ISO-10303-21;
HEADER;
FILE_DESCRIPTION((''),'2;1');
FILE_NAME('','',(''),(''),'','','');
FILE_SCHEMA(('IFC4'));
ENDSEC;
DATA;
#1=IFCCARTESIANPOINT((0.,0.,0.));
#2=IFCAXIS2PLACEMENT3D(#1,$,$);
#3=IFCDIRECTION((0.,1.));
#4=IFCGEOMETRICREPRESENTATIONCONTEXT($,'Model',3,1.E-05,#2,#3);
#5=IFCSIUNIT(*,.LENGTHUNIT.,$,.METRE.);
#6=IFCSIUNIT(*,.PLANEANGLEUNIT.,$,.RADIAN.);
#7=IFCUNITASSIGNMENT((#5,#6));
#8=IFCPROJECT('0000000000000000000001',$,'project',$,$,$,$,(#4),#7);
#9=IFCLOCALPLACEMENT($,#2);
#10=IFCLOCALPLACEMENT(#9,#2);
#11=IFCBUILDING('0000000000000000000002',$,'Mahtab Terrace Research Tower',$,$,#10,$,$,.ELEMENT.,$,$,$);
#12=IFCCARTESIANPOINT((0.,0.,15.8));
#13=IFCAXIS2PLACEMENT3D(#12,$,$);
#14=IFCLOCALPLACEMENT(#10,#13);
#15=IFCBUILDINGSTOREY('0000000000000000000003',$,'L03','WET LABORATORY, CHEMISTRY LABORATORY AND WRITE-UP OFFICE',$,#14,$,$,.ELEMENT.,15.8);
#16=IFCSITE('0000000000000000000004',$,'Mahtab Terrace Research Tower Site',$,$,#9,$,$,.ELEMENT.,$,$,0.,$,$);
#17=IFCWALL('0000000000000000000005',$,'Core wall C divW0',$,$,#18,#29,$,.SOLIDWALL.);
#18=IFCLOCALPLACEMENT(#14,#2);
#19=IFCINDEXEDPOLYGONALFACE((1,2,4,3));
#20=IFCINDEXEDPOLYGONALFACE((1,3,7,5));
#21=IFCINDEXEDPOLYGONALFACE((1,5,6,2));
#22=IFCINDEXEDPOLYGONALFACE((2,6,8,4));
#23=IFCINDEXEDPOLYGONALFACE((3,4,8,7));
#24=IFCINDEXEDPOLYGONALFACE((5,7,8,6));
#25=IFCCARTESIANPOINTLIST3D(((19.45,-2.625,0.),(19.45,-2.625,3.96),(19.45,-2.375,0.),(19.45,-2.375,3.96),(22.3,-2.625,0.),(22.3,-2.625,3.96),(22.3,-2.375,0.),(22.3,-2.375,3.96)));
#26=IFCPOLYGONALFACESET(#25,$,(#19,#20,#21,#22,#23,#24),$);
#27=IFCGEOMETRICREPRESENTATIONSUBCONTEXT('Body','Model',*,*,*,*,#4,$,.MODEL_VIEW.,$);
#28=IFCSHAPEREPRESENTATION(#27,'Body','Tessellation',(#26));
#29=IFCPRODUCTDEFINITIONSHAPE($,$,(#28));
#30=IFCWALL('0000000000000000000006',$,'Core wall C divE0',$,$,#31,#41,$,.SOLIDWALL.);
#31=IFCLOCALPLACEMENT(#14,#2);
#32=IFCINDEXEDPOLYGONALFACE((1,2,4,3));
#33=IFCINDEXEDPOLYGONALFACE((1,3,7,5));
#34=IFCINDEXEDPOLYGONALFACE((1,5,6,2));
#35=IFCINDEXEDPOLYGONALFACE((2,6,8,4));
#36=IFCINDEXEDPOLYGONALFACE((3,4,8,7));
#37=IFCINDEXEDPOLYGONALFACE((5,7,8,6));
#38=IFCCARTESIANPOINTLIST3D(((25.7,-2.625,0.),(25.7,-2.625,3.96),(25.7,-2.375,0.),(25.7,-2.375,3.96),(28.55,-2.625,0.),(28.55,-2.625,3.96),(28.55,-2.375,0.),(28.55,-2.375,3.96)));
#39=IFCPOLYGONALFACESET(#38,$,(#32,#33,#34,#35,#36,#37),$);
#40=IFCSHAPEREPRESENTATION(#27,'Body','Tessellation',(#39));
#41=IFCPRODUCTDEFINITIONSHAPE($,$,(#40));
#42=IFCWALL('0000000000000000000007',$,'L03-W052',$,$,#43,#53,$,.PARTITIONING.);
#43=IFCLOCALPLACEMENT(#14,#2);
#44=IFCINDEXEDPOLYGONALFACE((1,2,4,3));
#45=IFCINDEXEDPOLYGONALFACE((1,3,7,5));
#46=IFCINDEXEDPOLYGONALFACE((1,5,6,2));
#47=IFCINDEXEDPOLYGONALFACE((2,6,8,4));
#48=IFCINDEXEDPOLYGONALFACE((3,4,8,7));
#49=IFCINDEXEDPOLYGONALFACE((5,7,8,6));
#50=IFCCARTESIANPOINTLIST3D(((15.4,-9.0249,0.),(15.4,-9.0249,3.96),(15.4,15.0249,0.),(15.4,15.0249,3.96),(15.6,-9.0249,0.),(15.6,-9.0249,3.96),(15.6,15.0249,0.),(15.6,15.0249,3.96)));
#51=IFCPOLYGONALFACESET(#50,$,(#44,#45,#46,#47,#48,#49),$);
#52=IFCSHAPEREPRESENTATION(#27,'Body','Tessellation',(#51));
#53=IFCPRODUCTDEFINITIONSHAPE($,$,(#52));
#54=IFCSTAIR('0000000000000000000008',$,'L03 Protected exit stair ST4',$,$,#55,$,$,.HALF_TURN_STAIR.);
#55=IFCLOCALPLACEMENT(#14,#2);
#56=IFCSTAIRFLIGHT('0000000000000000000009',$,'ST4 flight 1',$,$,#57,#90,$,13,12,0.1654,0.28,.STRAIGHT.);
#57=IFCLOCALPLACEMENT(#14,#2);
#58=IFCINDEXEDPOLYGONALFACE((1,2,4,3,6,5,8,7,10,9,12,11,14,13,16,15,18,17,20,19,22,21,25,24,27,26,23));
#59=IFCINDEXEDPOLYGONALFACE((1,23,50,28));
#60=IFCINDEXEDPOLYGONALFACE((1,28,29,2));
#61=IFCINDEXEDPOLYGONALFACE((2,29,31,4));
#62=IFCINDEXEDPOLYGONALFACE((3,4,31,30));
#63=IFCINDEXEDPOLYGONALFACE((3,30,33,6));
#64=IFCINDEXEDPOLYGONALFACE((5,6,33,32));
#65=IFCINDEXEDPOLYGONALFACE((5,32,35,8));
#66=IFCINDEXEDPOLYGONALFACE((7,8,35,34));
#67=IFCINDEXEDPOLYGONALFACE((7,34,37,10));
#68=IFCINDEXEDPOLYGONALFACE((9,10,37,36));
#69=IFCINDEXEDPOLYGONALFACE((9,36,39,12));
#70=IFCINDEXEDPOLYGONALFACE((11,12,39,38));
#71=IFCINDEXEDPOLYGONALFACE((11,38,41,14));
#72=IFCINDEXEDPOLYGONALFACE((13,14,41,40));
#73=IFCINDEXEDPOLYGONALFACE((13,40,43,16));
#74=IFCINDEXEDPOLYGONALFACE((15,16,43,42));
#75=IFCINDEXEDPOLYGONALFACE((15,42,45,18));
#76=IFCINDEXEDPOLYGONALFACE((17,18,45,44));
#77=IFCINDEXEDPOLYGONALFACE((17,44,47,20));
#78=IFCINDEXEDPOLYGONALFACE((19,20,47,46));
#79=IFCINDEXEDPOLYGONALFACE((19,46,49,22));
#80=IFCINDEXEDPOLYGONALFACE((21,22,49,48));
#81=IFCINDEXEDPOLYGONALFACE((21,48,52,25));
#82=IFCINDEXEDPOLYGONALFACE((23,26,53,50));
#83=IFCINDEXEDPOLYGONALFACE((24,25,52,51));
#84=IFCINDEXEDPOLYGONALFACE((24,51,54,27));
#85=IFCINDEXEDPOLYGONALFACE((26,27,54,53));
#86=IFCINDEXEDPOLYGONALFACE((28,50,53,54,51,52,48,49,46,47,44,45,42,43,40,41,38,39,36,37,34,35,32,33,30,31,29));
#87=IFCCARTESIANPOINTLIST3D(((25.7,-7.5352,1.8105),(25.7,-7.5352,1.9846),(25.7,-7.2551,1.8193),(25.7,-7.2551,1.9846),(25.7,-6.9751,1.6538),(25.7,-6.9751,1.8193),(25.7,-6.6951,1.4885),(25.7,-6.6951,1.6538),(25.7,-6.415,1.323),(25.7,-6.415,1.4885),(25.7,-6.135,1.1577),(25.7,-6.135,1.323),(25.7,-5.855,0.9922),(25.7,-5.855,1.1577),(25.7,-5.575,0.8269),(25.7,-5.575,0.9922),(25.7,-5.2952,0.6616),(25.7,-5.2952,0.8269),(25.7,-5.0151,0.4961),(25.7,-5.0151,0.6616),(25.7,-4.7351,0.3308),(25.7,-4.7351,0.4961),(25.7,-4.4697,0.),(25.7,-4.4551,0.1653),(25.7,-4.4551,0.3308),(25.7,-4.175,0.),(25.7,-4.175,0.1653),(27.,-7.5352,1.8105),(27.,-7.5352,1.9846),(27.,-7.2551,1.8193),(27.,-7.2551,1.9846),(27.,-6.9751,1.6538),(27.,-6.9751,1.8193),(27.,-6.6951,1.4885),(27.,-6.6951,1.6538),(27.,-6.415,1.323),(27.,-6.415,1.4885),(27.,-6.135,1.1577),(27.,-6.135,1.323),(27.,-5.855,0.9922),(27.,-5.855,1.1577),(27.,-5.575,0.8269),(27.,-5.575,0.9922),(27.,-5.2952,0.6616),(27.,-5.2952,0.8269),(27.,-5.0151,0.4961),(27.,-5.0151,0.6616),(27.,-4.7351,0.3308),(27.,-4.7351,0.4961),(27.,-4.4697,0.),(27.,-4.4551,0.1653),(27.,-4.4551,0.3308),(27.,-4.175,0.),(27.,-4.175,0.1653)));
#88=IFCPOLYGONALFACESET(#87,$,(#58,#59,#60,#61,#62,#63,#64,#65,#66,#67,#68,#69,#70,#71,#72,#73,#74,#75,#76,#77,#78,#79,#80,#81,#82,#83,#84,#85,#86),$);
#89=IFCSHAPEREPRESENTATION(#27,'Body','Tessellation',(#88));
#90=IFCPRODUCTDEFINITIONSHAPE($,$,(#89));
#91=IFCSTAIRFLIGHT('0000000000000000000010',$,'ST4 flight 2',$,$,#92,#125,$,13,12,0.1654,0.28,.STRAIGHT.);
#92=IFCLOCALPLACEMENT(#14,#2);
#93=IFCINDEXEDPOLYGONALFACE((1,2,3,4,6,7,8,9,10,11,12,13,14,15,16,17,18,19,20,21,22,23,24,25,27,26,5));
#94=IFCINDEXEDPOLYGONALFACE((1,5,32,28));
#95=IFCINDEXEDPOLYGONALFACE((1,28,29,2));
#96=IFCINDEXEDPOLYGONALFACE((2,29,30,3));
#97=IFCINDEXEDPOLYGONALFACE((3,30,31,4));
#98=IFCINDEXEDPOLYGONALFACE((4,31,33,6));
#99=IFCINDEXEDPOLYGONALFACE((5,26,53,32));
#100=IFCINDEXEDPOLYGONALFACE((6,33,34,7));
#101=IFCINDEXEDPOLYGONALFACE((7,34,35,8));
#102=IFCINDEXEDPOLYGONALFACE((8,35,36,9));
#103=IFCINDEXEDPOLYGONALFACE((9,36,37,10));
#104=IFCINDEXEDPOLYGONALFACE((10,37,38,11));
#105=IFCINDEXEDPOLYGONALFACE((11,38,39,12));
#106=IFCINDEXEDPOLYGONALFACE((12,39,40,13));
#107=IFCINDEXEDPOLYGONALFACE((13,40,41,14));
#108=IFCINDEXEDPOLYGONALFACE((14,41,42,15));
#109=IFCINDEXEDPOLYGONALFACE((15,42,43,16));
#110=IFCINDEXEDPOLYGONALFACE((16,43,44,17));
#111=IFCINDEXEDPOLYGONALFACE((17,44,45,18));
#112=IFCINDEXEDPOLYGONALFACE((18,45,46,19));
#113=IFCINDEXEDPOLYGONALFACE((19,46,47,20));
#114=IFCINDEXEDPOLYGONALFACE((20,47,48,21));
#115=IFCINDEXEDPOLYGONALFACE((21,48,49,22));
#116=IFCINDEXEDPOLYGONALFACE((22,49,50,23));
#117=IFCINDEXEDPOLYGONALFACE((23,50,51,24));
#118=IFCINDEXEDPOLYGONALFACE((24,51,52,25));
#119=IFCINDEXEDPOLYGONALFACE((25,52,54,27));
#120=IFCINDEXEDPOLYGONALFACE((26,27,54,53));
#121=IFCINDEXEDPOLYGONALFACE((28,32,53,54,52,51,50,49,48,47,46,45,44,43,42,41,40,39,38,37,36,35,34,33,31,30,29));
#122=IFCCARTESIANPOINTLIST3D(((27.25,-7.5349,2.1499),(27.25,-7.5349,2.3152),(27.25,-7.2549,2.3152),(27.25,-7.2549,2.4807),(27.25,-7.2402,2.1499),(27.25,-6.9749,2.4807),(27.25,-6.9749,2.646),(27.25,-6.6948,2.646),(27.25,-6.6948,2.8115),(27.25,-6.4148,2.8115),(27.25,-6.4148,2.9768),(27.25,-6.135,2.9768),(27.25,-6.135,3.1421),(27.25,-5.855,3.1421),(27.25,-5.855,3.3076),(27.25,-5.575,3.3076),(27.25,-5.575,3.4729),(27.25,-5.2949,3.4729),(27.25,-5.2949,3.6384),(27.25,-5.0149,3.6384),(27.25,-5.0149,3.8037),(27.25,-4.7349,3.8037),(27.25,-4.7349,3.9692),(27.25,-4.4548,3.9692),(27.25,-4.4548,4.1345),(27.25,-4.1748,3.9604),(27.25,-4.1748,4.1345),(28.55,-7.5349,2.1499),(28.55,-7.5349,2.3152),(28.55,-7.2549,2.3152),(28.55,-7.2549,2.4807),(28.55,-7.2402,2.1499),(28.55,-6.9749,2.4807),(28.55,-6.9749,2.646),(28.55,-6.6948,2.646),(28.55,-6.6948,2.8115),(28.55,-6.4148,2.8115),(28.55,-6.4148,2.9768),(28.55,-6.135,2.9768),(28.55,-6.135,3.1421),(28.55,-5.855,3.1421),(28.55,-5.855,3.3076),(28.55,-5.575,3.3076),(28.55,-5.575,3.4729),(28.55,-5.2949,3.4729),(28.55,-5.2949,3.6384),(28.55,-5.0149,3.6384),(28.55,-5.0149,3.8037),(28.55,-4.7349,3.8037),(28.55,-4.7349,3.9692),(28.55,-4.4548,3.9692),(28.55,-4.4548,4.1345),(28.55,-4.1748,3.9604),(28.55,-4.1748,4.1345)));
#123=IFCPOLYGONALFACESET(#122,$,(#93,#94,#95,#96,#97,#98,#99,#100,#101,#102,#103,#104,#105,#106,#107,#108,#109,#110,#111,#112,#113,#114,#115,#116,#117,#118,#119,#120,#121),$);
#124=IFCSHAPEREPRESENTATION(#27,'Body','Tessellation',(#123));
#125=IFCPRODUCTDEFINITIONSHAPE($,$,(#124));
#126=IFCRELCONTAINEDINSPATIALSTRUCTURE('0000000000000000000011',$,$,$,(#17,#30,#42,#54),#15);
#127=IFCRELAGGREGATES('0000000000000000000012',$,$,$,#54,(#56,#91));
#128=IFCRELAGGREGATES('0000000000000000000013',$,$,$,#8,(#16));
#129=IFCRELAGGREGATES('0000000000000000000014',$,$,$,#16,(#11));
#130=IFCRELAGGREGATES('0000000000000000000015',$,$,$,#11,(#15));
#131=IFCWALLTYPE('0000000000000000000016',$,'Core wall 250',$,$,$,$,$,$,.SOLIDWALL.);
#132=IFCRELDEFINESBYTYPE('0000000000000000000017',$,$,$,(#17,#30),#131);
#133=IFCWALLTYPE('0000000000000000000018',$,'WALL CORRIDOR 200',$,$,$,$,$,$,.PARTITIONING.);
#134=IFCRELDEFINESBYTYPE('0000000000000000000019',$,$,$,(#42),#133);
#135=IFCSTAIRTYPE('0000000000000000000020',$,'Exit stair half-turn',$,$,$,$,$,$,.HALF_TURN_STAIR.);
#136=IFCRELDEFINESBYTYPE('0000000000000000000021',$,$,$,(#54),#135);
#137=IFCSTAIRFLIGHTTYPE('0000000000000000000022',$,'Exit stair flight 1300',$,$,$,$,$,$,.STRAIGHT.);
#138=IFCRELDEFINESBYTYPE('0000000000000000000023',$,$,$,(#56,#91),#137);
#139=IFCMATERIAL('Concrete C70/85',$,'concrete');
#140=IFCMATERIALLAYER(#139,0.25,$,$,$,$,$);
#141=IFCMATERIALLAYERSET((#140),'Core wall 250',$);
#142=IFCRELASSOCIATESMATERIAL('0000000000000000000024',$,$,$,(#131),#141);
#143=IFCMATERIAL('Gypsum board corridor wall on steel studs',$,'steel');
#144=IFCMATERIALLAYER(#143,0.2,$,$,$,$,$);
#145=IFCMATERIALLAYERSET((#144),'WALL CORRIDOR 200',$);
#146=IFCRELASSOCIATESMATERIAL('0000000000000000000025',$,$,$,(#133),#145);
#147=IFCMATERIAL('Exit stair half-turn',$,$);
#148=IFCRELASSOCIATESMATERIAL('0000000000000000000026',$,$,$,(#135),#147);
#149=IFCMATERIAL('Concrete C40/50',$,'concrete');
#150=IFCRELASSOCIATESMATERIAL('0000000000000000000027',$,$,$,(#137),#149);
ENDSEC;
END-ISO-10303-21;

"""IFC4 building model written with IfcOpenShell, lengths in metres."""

from ifc_helpers import new_model, si_unit, direction, frame, frame_2d, origin, place, context, subcontext, project, spatial, polyline, rectangle, outline, extrude, material, layer, layer_set, type_object, element, aggregate, save


model = new_model("IFC4")

# Units and contexts
model_context = context("Model", 3, precision=1e-05, world=origin(), true_north=direction((0.0, 1.0)))
body_context = subcontext(model_context, "Body", "Model", "MODEL_VIEW")
ifc_project = project(units=[si_unit("LENGTHUNIT", "METRE"), si_unit("PLANEANGLEUNIT", "RADIAN")], contexts=[model_context])

# Site, building, storey
site_placement = place(None, origin())
site = spatial("IfcSite", under=ifc_project, at=site_placement, Name="Mahtab Terrace Research Tower Site", CompositionType="ELEMENT", RefElevation=0.0)
building_placement = place(site_placement, origin())
building = spatial("IfcBuilding", under=site, at=building_placement, Name="Mahtab Terrace Research Tower", CompositionType="ELEMENT")
storey_placement = place(building_placement, frame((0.0, 0.0, 15.8)))
storey = spatial("IfcBuildingStorey", under=building, at=storey_placement, Name="L03", Description="WET LABORATORY, CHEMISTRY LABORATORY AND WRITE-UP OFFICE", CompositionType="ELEMENT", Elevation=15.8)

# Shared definitions
ifc_material_1 = material(Name="Concrete C70/85", Category="concrete")
ifc_layer_1 = layer(ifc_material_1, 0.25)
ifc_layer_set_1 = layer_set([ifc_layer_1], Name="Core wall 250")
wall_type_1 = type_object("IfcWallType", Name="Core wall 250", PredefinedType="SOLIDWALL", material=ifc_layer_set_1)

# Walls
for number, where, z_axis, x_axis, name in (
    (1, (19.45, -2.5, 0.0), (0.0, 0.0, 1.0), (1.0, 0.0, 0.0), "Core wall C divW0"),
    (2, (25.7, -2.5, 0.0), (0.0, 0.0, 1.0), (1.0, 0.0, 0.0), "Core wall C divE0"),
):
    element("IfcWall", number, at=place(storey_placement, frame(where, z_axis=z_axis, x_axis=x_axis)), inside=storey, type_object=wall_type_1, Name=name, PredefinedType="SOLIDWALL", context=body_context, shape_type="SweptSolid", body=[
        extrude(rectangle(XDim=2.8501, YDim=0.25, at=frame_2d((1.425, 0.0))), origin(), (0.0, 0.0, 1.0), 3.96),
    ])
ifc_material_2 = material(Name="Gypsum board corridor wall on steel studs", Category="steel")
ifc_layer_2 = layer(ifc_material_2, 0.2)
ifc_layer_set_2 = layer_set([ifc_layer_2], Name="WALL CORRIDOR 200")
wall_type_2 = type_object("IfcWallType", Name="WALL CORRIDOR 200", PredefinedType="PARTITIONING", material=ifc_layer_set_2)
wall_1_placement = place(storey_placement, frame((15.5, -9.0249, 0.0), z_axis=(0.0, 0.0, 1.0), x_axis=(0.0, 1.0, 0.0)))
element("IfcWall", 3, at=wall_1_placement, inside=storey, type_object=wall_type_2, Name="L03-W052", PredefinedType="PARTITIONING", context=body_context, shape_type="SweptSolid", body=[
    extrude(rectangle(XDim=24.0498, YDim=0.2, at=frame_2d((12.0249, 0.0))), origin(), (0.0, 0.0, 1.0), 3.96),
])

# Stair, stair flights
ifc_material_3 = material(Name="Exit stair half-turn")
stair_type = type_object("IfcStairType", Name="Exit stair half-turn", PredefinedType="HALF_TURN_STAIR", material=ifc_material_3)
stair_placement = place(storey_placement, origin())
stair = element("IfcStair", 4, at=stair_placement, inside=storey, type_object=stair_type, Name="L03 Protected exit stair ST4", PredefinedType="HALF_TURN_STAIR")
ifc_material_4 = material(Name="Concrete C40/50", Category="concrete")
stair_flight_type = type_object("IfcStairFlightType", Name="Exit stair flight 1300", PredefinedType="STRAIGHT", material=ifc_material_4)
stair_flight_1_placement = place(storey_placement, frame((26.3501, -4.175, 0.0), z_axis=(0.0, 0.0, 1.0), x_axis=(0.0, -1.0, 0.0)))
stair_flight_1 = element("IfcStairFlight", 5, at=stair_flight_1_placement, type_object=stair_flight_type, Name="ST4 flight 1", NumberOfRisers=13, NumberOfTreads=12, PredefinedType="STRAIGHT", RiserHeight=0.1654, TreadLength=0.28, context=body_context, shape_type="SweptSolid", body=[
    extrude(outline(polyline([(0.0, 0.0), (0.0, 0.1653), (0.28, 0.1653), (0.28, 0.3308), (0.5601, 0.3308), (0.5601, 0.4961), (0.8401, 0.4961), (0.8401, 0.6616), (1.1201, 0.6616), (1.1201, 0.8269), (1.3999, 0.8269), (1.3999, 0.9922), (1.6799, 0.9922), (1.6799, 1.1577), (1.96, 1.1577), (1.96, 1.323), (2.24, 1.323), (2.24, 1.4885), (2.52, 1.4885), (2.52, 1.6538), (2.8, 1.6538), (2.8, 1.8193), (3.0801, 1.8193), (3.0801, 1.9846), (3.3601, 1.9846), (3.3601, 2.1499), (3.3601, 1.8105), (0.2947, 0.0), (0.0, 0.0)])), frame((0.0, 0.6499, 0.0), z_axis=(0.0, -1.0, 0.0), x_axis=(1.0, 0.0, 0.0)), (0.0, 0.0, 1.0), 1.3),
])
stair_flight_2_placement = place(storey_placement, frame((27.8999, -7.5349, 2.1499), z_axis=(0.0, 0.0, 1.0), x_axis=(0.0, 1.0, 0.0)))
stair_flight_2 = element("IfcStairFlight", 6, at=stair_flight_2_placement, type_object=stair_flight_type, Name="ST4 flight 2", NumberOfRisers=13, NumberOfTreads=12, PredefinedType="STRAIGHT", RiserHeight=0.1654, TreadLength=0.28, context=body_context, shape_type="SweptSolid", body=[
    extrude(outline(polyline([(0.0, 0.0), (0.0, 0.1653), (0.28, 0.1653), (0.28, 0.3308), (0.5601, 0.3308), (0.5601, 0.4961), (0.8401, 0.4961), (0.8401, 0.6616), (1.1201, 0.6616), (1.1201, 0.8269), (1.3999, 0.8269), (1.3999, 0.9922), (1.6799, 0.9922), (1.6799, 1.1577), (1.96, 1.1577), (1.96, 1.323), (2.24, 1.323), (2.24, 1.4885), (2.52, 1.4885), (2.52, 1.6538), (2.8, 1.6538), (2.8, 1.8193), (3.0801, 1.8193), (3.0801, 1.9846), (3.3601, 1.9846), (3.3601, 2.1499), (3.3601, 1.8105), (0.2947, 0.0), (0.0, 0.0)])), frame((0.0, 0.6499, 0.0), z_axis=(0.0, -1.0, 0.0), x_axis=(1.0, 0.0, 0.0)), (0.0, 0.0, 1.0), 1.3),
])
aggregate(stair, [stair_flight_1, stair_flight_2])

save(model, "model.ifc")
